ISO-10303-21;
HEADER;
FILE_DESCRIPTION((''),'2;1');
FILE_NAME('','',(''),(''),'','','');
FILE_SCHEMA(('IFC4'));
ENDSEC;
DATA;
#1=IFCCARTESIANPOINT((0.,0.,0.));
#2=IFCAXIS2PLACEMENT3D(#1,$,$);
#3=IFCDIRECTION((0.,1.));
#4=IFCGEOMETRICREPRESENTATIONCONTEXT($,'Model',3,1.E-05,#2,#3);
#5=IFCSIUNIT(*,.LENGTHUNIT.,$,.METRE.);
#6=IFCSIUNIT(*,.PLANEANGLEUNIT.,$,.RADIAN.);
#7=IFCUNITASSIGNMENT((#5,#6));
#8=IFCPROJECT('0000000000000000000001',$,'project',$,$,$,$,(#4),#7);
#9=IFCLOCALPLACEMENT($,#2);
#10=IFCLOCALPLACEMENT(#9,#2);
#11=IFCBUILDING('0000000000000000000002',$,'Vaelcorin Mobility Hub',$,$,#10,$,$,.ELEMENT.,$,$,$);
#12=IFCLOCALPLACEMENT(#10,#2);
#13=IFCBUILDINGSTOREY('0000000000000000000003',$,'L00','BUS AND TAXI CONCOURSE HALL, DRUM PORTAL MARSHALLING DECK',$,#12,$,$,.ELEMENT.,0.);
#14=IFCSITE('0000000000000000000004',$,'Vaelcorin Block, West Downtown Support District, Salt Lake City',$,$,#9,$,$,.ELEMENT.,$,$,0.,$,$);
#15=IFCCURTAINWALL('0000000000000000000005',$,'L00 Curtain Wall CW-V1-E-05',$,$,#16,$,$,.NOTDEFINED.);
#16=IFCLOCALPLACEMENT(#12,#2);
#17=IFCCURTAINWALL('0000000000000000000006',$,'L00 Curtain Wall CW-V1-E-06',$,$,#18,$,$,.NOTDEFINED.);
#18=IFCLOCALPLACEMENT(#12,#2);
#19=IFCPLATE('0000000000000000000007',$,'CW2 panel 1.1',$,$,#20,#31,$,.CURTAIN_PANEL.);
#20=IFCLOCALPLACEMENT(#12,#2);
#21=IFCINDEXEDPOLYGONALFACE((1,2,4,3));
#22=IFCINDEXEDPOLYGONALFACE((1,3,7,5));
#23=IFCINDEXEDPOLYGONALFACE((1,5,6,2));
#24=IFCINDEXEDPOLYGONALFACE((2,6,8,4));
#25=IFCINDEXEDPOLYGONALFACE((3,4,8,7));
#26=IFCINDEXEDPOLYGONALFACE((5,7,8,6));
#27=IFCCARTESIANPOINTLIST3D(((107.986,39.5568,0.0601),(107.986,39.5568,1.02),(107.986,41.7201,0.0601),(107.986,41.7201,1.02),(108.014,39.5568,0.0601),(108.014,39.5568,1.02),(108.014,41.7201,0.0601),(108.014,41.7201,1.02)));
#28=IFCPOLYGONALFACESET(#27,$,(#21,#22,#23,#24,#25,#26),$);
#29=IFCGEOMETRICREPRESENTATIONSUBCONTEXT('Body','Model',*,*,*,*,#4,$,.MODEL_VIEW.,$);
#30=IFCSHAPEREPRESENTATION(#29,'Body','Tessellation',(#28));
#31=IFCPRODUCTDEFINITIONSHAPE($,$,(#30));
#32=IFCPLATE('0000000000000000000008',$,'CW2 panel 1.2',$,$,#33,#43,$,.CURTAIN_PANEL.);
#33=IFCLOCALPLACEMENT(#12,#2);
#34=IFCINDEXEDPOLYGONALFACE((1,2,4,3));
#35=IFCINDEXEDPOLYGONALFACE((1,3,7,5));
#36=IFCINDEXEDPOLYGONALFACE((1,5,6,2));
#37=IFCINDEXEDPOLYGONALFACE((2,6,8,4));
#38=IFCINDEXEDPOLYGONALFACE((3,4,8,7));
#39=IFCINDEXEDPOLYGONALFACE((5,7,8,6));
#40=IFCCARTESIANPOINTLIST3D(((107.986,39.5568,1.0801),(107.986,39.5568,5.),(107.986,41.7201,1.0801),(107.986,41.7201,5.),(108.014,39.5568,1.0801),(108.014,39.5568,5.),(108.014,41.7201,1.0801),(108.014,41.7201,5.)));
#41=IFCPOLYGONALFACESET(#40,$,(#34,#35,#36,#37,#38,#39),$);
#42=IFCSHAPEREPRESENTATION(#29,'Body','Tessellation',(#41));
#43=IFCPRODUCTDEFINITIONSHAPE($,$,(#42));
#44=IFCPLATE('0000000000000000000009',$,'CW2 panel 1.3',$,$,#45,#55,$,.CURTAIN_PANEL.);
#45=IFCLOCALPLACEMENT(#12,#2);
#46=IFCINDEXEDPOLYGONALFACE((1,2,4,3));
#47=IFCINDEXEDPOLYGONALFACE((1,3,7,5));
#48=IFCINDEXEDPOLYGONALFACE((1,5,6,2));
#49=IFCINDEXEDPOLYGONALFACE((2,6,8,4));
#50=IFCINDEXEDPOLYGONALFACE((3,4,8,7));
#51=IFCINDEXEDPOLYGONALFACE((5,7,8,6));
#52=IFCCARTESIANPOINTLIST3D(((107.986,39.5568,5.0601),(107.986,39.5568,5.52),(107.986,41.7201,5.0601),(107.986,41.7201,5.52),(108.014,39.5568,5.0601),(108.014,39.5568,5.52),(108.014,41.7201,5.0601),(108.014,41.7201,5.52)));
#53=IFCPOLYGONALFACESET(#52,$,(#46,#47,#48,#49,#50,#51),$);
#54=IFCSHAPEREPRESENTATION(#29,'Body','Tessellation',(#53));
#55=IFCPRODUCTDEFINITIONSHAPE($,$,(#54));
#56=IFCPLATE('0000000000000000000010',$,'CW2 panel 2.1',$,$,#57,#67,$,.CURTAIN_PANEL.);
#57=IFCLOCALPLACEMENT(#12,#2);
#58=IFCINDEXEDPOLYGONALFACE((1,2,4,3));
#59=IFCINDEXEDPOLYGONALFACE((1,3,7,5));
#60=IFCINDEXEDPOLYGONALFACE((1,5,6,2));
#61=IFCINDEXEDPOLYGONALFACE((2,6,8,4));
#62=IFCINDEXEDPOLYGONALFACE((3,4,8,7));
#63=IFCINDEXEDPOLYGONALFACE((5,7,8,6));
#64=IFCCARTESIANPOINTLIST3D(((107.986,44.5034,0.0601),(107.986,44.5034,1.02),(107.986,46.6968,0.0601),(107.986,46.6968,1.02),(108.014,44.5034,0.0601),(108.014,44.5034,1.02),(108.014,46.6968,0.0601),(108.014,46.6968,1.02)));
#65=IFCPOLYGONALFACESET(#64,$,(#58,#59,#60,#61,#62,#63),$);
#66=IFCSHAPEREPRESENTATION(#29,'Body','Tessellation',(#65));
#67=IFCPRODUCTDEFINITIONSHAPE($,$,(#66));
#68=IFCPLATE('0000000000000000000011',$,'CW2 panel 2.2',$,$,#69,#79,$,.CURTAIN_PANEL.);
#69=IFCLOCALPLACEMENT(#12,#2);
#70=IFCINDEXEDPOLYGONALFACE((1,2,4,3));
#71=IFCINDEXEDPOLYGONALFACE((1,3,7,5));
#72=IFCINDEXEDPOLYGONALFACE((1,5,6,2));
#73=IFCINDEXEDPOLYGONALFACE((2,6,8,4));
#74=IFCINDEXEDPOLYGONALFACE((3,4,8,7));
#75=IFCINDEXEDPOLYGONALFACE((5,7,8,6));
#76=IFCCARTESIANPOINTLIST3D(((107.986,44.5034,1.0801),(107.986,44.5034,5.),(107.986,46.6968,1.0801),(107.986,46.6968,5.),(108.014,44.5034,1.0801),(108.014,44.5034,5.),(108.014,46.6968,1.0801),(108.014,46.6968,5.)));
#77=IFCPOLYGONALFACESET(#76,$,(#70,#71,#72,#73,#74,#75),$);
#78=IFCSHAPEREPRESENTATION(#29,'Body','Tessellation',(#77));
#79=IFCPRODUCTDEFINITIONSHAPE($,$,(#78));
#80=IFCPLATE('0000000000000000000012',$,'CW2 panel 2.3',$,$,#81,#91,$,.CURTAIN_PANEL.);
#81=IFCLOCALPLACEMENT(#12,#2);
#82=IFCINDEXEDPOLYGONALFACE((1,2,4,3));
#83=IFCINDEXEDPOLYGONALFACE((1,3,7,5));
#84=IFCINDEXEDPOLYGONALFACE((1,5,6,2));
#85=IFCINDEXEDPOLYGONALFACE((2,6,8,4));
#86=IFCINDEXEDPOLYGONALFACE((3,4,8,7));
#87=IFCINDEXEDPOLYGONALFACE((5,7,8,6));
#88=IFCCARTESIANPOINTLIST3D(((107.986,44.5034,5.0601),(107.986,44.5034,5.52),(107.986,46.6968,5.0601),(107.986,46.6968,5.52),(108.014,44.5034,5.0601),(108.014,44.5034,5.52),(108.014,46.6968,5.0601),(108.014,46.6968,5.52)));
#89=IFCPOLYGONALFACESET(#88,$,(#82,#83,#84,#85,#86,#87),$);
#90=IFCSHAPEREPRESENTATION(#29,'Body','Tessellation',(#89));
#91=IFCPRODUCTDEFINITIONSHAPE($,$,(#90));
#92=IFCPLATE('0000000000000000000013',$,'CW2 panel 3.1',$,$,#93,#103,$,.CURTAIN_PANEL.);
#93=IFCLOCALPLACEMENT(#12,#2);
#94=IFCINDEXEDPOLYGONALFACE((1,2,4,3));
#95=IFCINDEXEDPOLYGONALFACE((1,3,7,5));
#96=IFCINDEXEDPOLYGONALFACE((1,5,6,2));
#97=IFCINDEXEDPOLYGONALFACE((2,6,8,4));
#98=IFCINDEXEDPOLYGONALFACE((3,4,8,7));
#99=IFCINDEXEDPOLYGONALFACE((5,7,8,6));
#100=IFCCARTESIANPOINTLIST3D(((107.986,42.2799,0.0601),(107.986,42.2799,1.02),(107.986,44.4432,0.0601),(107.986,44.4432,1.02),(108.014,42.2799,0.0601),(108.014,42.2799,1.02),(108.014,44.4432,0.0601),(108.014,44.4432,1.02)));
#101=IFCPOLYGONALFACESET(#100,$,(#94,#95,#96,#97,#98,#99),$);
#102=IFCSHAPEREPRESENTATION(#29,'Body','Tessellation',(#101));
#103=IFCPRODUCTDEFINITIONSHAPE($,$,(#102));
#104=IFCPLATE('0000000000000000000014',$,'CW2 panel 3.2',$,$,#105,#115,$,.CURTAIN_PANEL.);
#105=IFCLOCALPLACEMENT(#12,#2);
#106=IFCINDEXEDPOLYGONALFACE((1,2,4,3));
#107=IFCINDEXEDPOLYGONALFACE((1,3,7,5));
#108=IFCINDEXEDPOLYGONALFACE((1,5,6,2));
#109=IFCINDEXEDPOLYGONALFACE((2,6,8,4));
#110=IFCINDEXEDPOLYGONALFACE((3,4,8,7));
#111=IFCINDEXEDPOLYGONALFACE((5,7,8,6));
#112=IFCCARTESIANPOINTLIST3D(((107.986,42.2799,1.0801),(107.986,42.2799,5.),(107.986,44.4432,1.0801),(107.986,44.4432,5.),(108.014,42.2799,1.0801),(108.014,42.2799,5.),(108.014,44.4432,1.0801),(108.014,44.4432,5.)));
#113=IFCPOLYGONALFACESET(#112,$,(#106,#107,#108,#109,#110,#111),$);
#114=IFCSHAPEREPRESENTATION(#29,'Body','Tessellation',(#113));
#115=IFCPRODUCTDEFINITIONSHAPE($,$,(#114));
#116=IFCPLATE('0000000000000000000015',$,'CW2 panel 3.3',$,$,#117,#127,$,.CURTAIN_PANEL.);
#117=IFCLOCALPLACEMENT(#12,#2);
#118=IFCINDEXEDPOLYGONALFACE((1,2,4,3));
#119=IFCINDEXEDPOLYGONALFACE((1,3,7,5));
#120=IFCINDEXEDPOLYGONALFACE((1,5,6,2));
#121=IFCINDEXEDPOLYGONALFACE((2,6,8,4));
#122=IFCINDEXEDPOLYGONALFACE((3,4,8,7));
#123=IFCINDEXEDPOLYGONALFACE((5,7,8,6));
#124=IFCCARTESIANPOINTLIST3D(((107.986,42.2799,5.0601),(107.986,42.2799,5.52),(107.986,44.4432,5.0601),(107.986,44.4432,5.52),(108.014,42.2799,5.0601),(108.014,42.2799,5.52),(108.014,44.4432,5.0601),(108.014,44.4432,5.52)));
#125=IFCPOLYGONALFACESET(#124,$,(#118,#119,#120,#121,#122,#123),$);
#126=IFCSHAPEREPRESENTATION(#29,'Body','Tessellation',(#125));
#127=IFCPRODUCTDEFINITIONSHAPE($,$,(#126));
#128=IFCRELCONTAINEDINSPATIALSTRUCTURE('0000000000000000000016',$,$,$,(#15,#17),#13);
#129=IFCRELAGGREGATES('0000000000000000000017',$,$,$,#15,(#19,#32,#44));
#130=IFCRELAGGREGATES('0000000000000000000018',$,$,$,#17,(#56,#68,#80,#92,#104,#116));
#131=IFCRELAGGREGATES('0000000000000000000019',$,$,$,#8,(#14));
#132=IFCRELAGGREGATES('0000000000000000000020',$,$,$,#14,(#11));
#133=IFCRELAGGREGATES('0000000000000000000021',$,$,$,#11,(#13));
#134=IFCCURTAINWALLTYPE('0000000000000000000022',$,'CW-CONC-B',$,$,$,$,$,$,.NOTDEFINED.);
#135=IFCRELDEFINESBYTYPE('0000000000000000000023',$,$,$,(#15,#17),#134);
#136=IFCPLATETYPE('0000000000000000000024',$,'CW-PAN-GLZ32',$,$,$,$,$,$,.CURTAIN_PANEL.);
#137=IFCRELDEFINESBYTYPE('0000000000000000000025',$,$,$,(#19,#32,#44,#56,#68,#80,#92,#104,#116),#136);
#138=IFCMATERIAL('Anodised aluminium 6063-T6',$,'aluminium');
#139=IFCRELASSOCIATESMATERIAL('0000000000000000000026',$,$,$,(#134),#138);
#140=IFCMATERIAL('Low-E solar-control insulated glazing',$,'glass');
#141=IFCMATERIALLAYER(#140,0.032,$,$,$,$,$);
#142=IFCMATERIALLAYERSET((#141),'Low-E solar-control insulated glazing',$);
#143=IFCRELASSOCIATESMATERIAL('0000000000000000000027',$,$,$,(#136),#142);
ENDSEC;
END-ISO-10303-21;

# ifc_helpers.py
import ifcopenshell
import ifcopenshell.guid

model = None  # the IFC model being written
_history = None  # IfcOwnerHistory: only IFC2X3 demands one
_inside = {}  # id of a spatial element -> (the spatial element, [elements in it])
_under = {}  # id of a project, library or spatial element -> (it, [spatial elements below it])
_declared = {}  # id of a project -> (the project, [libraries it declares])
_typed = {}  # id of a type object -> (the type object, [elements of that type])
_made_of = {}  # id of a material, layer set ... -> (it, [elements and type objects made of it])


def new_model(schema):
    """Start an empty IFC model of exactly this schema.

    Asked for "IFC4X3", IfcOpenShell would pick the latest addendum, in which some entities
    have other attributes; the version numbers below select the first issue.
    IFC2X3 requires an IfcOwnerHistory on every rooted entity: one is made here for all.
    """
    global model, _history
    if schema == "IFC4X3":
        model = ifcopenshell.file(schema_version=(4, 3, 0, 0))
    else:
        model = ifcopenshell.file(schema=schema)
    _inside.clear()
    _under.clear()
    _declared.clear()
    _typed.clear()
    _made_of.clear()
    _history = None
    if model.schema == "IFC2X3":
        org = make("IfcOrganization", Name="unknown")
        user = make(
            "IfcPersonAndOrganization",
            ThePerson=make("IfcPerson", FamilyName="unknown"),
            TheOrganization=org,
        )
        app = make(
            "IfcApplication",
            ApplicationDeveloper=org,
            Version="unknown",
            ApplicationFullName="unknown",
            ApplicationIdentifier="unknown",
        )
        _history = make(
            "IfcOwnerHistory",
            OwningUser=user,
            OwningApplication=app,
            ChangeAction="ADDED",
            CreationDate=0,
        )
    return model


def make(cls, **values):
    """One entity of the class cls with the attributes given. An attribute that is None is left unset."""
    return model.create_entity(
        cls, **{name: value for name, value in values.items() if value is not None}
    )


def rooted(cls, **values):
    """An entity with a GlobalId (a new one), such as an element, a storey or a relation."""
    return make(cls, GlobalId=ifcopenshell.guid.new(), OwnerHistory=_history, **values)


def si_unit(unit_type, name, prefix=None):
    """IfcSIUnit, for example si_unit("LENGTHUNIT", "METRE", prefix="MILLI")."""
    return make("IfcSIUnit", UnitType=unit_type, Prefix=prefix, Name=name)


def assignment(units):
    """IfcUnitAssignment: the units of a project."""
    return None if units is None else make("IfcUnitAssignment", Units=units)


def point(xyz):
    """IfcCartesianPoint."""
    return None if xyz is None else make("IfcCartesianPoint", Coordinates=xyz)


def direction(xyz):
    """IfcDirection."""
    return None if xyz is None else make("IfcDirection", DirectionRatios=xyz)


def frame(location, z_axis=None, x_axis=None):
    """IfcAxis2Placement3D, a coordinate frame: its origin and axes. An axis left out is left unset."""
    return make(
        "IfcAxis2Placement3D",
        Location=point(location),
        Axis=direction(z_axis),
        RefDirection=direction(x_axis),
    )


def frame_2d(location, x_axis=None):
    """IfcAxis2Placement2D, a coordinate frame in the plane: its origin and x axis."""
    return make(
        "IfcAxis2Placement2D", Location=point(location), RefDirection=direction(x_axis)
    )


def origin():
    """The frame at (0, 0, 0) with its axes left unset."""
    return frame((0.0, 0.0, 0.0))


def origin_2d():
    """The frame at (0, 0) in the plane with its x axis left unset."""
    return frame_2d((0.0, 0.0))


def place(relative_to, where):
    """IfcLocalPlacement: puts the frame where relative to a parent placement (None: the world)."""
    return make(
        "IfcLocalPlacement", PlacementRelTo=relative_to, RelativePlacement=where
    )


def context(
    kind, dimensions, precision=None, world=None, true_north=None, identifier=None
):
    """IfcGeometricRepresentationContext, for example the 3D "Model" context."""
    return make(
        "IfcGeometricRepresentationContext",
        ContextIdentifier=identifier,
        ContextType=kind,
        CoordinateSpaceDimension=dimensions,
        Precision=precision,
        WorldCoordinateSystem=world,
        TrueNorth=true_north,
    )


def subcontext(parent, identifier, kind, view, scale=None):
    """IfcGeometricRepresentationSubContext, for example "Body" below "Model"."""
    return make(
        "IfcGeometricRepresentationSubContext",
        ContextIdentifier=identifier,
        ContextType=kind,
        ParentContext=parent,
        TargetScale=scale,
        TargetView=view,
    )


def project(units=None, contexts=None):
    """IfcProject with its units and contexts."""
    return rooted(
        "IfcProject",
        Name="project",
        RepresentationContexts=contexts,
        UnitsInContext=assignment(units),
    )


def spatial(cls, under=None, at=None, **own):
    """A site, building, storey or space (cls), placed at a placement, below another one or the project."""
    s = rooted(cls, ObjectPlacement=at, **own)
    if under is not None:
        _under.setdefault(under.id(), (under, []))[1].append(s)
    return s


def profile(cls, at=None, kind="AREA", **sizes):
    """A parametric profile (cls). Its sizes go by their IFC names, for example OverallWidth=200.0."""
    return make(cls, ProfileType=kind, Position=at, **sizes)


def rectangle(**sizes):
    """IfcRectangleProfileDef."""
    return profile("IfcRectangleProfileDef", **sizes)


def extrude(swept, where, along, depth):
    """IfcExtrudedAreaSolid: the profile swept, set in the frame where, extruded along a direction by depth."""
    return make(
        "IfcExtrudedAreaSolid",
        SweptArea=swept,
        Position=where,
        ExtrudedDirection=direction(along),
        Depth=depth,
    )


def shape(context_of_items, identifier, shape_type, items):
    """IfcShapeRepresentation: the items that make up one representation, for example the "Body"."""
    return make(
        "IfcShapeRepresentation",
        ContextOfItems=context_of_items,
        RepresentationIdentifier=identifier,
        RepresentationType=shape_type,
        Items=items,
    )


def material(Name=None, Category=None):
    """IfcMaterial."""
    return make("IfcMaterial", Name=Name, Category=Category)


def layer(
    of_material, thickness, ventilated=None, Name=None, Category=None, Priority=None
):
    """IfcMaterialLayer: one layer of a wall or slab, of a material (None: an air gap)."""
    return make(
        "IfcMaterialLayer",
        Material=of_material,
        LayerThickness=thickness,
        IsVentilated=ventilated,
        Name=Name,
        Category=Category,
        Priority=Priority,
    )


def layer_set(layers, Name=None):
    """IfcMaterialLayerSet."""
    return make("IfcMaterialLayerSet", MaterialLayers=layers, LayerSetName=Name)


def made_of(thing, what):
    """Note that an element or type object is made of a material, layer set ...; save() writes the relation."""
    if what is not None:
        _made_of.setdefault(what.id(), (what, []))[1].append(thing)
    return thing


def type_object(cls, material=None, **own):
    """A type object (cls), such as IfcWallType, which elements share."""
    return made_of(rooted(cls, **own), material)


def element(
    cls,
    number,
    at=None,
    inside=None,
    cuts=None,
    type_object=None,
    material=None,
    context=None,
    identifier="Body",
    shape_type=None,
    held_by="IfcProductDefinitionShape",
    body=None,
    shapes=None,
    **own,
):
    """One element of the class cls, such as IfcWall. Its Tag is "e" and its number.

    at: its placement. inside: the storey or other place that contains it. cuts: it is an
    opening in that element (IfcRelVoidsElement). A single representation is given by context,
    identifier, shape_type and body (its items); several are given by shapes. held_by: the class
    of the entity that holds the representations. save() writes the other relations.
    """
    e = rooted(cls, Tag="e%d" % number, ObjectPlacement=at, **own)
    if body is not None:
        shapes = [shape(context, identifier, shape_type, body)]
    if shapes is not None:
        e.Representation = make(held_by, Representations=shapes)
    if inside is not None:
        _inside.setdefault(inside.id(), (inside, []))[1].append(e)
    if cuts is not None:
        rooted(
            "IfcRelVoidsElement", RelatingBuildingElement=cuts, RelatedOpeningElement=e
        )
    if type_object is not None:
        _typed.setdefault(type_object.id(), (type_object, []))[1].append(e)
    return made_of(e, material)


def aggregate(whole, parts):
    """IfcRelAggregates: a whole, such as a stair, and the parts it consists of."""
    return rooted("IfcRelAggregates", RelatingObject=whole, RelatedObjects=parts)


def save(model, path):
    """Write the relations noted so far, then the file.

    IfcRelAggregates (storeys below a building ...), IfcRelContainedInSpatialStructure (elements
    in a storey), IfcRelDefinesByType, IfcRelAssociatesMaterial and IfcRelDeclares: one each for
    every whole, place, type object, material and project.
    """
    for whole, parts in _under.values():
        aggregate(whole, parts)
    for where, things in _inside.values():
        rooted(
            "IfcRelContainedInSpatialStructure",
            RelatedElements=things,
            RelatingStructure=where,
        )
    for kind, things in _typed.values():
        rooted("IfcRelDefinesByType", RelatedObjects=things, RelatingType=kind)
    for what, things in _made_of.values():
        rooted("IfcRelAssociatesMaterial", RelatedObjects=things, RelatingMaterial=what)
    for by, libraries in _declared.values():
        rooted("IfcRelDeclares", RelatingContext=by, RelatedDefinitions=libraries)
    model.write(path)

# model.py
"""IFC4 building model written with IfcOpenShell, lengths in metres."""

from ifc_helpers import new_model, si_unit, direction, frame, origin, origin_2d, place, context, subcontext, project, spatial, rectangle, extrude, material, layer, layer_set, type_object, element, aggregate, save


model = new_model("IFC4")

# Units and contexts
model_context = context("Model", 3, precision=1e-05, world=origin(), true_north=direction((0.0, 1.0)))
body_context = subcontext(model_context, "Body", "Model", "MODEL_VIEW")
ifc_project = project(units=[si_unit("LENGTHUNIT", "METRE"), si_unit("PLANEANGLEUNIT", "RADIAN")], contexts=[model_context])

# Site, building, storey
site_placement = place(None, origin())
site = spatial("IfcSite", under=ifc_project, at=site_placement, Name="Vaelcorin Block, West Downtown Support District, Salt Lake City", CompositionType="ELEMENT", RefElevation=0.0)
building_placement = place(site_placement, origin())
building = spatial("IfcBuilding", under=site, at=building_placement, Name="Vaelcorin Mobility Hub", CompositionType="ELEMENT")
storey_placement = place(building_placement, origin())
storey = spatial("IfcBuildingStorey", under=building, at=storey_placement, Name="L00", Description="BUS AND TAXI CONCOURSE HALL, DRUM PORTAL MARSHALLING DECK", CompositionType="ELEMENT", Elevation=0.0)

# Curtain walls
ifc_material_1 = material(Name="Anodised aluminium 6063-T6", Category="aluminium")
curtain_wall_type = type_object("IfcCurtainWallType", Name="CW-CONC-B", PredefinedType="NOTDEFINED", material=ifc_material_1)
curtain_wall_1_placement = place(storey_placement, origin())
curtain_wall_1 = element("IfcCurtainWall", 1, at=curtain_wall_1_placement, inside=storey, type_object=curtain_wall_type, Name="L00 Curtain Wall CW-V1-E-05", PredefinedType="NOTDEFINED")
curtain_wall_2_placement = place(storey_placement, origin())
curtain_wall_2 = element("IfcCurtainWall", 2, at=curtain_wall_2_placement, inside=storey, type_object=curtain_wall_type, Name="L00 Curtain Wall CW-V1-E-06", PredefinedType="NOTDEFINED")

# Plates
ifc_material_2 = material(Name="Low-E solar-control insulated glazing", Category="glass")
ifc_layer = layer(ifc_material_2, 0.032)
ifc_layer_set = layer_set([ifc_layer], Name="Low-E solar-control insulated glazing")
plate_type = type_object("IfcPlateType", Name="CW-PAN-GLZ32", PredefinedType="CURTAIN_PANEL", material=ifc_layer_set)
plate_1_placement = place(storey_placement, frame((108.0, 40.6384, 0.0601), z_axis=(0.0, 0.0, 1.0), x_axis=(0.0, -1.0, 0.0)))
plate_1 = element("IfcPlate", 3, at=plate_1_placement, type_object=plate_type, Name="CW2 panel 1.1", PredefinedType="CURTAIN_PANEL", context=body_context, shape_type="SweptSolid", body=[
    extrude(rectangle(XDim=2.1633, YDim=0.0281, at=origin_2d()), origin(), (0.0, 0.0, 1.0), 0.96),
])
plate_2_placement = place(storey_placement, frame((108.0, 40.6384, 1.0801), z_axis=(0.0, 0.0, 1.0), x_axis=(0.0, -1.0, 0.0)))
plate_2 = element("IfcPlate", 4, at=plate_2_placement, type_object=plate_type, Name="CW2 panel 1.2", PredefinedType="CURTAIN_PANEL", context=body_context, shape_type="SweptSolid", body=[
    extrude(rectangle(XDim=2.1633, YDim=0.0281, at=origin_2d()), origin(), (0.0, 0.0, 1.0), 3.9199),
])
plate_3_placement = place(storey_placement, frame((108.0, 40.6384, 5.0601), z_axis=(0.0, 0.0, 1.0), x_axis=(0.0, -1.0, 0.0)))
plate_3 = element("IfcPlate", 5, at=plate_3_placement, type_object=plate_type, Name="CW2 panel 1.3", PredefinedType="CURTAIN_PANEL", context=body_context, shape_type="SweptSolid", body=[
    extrude(rectangle(XDim=2.1633, YDim=0.0281, at=origin_2d()), origin(), (0.0, 0.0, 1.0), 0.46),
])
aggregate(curtain_wall_1, [plate_1, plate_2, plate_3])
plate_4_placement = place(storey_placement, frame((108.0, 45.6001, 0.0601), z_axis=(0.0, 0.0, 1.0), x_axis=(0.0, -1.0, 0.0)))
plate_4 = element("IfcPlate", 6, at=plate_4_placement, type_object=plate_type, Name="CW2 panel 2.1", PredefinedType="CURTAIN_PANEL", context=body_context, shape_type="SweptSolid", body=[
    extrude(rectangle(XDim=2.1934, YDim=0.0281, at=origin_2d()), origin(), (0.0, 0.0, 1.0), 0.96),
])
plate_5_placement = place(storey_placement, frame((108.0, 45.6001, 1.0801), z_axis=(0.0, 0.0, 1.0), x_axis=(0.0, -1.0, 0.0)))
plate_5 = element("IfcPlate", 7, at=plate_5_placement, type_object=plate_type, Name="CW2 panel 2.2", PredefinedType="CURTAIN_PANEL", context=body_context, shape_type="SweptSolid", body=[
    extrude(rectangle(XDim=2.1934, YDim=0.0281, at=origin_2d()), origin(), (0.0, 0.0, 1.0), 3.9199),
])
plate_6_placement = place(storey_placement, frame((108.0, 45.6001, 5.0601), z_axis=(0.0, 0.0, 1.0), x_axis=(0.0, -1.0, 0.0)))
plate_6 = element("IfcPlate", 8, at=plate_6_placement, type_object=plate_type, Name="CW2 panel 2.3", PredefinedType="CURTAIN_PANEL", context=body_context, shape_type="SweptSolid", body=[
    extrude(rectangle(XDim=2.1934, YDim=0.0281, at=origin_2d()), origin(), (0.0, 0.0, 1.0), 0.46),
])
plate_7_placement = place(storey_placement, frame((108.0, 43.3616, 0.0601), z_axis=(0.0, 0.0, 1.0), x_axis=(0.0, -1.0, 0.0)))
plate_7 = element("IfcPlate", 9, at=plate_7_placement, type_object=plate_type, Name="CW2 panel 3.1", PredefinedType="CURTAIN_PANEL", context=body_context, shape_type="SweptSolid", body=[
    extrude(rectangle(XDim=2.1633, YDim=0.0281, at=origin_2d()), origin(), (0.0, 0.0, 1.0), 0.96),
])
plate_8_placement = place(storey_placement, frame((108.0, 43.3616, 1.0801), z_axis=(0.0, 0.0, 1.0), x_axis=(0.0, -1.0, 0.0)))
plate_8 = element("IfcPlate", 10, at=plate_8_placement, type_object=plate_type, Name="CW2 panel 3.2", PredefinedType="CURTAIN_PANEL", context=body_context, shape_type="SweptSolid", body=[
    extrude(rectangle(XDim=2.1633, YDim=0.0281, at=origin_2d()), origin(), (0.0, 0.0, 1.0), 3.9199),
])
plate_9_placement = place(storey_placement, frame((108.0, 43.3616, 5.0601), z_axis=(0.0, 0.0, 1.0), x_axis=(0.0, -1.0, 0.0)))
plate_9 = element("IfcPlate", 11, at=plate_9_placement, type_object=plate_type, Name="CW2 panel 3.3", PredefinedType="CURTAIN_PANEL", context=body_context, shape_type="SweptSolid", body=[
    extrude(rectangle(XDim=2.1633, YDim=0.0281, at=origin_2d()), origin(), (0.0, 0.0, 1.0), 0.46),
])
aggregate(curtain_wall_2, [plate_4, plate_5, plate_6, plate_7, plate_8, plate_9])

save(model, "model.ifc")
